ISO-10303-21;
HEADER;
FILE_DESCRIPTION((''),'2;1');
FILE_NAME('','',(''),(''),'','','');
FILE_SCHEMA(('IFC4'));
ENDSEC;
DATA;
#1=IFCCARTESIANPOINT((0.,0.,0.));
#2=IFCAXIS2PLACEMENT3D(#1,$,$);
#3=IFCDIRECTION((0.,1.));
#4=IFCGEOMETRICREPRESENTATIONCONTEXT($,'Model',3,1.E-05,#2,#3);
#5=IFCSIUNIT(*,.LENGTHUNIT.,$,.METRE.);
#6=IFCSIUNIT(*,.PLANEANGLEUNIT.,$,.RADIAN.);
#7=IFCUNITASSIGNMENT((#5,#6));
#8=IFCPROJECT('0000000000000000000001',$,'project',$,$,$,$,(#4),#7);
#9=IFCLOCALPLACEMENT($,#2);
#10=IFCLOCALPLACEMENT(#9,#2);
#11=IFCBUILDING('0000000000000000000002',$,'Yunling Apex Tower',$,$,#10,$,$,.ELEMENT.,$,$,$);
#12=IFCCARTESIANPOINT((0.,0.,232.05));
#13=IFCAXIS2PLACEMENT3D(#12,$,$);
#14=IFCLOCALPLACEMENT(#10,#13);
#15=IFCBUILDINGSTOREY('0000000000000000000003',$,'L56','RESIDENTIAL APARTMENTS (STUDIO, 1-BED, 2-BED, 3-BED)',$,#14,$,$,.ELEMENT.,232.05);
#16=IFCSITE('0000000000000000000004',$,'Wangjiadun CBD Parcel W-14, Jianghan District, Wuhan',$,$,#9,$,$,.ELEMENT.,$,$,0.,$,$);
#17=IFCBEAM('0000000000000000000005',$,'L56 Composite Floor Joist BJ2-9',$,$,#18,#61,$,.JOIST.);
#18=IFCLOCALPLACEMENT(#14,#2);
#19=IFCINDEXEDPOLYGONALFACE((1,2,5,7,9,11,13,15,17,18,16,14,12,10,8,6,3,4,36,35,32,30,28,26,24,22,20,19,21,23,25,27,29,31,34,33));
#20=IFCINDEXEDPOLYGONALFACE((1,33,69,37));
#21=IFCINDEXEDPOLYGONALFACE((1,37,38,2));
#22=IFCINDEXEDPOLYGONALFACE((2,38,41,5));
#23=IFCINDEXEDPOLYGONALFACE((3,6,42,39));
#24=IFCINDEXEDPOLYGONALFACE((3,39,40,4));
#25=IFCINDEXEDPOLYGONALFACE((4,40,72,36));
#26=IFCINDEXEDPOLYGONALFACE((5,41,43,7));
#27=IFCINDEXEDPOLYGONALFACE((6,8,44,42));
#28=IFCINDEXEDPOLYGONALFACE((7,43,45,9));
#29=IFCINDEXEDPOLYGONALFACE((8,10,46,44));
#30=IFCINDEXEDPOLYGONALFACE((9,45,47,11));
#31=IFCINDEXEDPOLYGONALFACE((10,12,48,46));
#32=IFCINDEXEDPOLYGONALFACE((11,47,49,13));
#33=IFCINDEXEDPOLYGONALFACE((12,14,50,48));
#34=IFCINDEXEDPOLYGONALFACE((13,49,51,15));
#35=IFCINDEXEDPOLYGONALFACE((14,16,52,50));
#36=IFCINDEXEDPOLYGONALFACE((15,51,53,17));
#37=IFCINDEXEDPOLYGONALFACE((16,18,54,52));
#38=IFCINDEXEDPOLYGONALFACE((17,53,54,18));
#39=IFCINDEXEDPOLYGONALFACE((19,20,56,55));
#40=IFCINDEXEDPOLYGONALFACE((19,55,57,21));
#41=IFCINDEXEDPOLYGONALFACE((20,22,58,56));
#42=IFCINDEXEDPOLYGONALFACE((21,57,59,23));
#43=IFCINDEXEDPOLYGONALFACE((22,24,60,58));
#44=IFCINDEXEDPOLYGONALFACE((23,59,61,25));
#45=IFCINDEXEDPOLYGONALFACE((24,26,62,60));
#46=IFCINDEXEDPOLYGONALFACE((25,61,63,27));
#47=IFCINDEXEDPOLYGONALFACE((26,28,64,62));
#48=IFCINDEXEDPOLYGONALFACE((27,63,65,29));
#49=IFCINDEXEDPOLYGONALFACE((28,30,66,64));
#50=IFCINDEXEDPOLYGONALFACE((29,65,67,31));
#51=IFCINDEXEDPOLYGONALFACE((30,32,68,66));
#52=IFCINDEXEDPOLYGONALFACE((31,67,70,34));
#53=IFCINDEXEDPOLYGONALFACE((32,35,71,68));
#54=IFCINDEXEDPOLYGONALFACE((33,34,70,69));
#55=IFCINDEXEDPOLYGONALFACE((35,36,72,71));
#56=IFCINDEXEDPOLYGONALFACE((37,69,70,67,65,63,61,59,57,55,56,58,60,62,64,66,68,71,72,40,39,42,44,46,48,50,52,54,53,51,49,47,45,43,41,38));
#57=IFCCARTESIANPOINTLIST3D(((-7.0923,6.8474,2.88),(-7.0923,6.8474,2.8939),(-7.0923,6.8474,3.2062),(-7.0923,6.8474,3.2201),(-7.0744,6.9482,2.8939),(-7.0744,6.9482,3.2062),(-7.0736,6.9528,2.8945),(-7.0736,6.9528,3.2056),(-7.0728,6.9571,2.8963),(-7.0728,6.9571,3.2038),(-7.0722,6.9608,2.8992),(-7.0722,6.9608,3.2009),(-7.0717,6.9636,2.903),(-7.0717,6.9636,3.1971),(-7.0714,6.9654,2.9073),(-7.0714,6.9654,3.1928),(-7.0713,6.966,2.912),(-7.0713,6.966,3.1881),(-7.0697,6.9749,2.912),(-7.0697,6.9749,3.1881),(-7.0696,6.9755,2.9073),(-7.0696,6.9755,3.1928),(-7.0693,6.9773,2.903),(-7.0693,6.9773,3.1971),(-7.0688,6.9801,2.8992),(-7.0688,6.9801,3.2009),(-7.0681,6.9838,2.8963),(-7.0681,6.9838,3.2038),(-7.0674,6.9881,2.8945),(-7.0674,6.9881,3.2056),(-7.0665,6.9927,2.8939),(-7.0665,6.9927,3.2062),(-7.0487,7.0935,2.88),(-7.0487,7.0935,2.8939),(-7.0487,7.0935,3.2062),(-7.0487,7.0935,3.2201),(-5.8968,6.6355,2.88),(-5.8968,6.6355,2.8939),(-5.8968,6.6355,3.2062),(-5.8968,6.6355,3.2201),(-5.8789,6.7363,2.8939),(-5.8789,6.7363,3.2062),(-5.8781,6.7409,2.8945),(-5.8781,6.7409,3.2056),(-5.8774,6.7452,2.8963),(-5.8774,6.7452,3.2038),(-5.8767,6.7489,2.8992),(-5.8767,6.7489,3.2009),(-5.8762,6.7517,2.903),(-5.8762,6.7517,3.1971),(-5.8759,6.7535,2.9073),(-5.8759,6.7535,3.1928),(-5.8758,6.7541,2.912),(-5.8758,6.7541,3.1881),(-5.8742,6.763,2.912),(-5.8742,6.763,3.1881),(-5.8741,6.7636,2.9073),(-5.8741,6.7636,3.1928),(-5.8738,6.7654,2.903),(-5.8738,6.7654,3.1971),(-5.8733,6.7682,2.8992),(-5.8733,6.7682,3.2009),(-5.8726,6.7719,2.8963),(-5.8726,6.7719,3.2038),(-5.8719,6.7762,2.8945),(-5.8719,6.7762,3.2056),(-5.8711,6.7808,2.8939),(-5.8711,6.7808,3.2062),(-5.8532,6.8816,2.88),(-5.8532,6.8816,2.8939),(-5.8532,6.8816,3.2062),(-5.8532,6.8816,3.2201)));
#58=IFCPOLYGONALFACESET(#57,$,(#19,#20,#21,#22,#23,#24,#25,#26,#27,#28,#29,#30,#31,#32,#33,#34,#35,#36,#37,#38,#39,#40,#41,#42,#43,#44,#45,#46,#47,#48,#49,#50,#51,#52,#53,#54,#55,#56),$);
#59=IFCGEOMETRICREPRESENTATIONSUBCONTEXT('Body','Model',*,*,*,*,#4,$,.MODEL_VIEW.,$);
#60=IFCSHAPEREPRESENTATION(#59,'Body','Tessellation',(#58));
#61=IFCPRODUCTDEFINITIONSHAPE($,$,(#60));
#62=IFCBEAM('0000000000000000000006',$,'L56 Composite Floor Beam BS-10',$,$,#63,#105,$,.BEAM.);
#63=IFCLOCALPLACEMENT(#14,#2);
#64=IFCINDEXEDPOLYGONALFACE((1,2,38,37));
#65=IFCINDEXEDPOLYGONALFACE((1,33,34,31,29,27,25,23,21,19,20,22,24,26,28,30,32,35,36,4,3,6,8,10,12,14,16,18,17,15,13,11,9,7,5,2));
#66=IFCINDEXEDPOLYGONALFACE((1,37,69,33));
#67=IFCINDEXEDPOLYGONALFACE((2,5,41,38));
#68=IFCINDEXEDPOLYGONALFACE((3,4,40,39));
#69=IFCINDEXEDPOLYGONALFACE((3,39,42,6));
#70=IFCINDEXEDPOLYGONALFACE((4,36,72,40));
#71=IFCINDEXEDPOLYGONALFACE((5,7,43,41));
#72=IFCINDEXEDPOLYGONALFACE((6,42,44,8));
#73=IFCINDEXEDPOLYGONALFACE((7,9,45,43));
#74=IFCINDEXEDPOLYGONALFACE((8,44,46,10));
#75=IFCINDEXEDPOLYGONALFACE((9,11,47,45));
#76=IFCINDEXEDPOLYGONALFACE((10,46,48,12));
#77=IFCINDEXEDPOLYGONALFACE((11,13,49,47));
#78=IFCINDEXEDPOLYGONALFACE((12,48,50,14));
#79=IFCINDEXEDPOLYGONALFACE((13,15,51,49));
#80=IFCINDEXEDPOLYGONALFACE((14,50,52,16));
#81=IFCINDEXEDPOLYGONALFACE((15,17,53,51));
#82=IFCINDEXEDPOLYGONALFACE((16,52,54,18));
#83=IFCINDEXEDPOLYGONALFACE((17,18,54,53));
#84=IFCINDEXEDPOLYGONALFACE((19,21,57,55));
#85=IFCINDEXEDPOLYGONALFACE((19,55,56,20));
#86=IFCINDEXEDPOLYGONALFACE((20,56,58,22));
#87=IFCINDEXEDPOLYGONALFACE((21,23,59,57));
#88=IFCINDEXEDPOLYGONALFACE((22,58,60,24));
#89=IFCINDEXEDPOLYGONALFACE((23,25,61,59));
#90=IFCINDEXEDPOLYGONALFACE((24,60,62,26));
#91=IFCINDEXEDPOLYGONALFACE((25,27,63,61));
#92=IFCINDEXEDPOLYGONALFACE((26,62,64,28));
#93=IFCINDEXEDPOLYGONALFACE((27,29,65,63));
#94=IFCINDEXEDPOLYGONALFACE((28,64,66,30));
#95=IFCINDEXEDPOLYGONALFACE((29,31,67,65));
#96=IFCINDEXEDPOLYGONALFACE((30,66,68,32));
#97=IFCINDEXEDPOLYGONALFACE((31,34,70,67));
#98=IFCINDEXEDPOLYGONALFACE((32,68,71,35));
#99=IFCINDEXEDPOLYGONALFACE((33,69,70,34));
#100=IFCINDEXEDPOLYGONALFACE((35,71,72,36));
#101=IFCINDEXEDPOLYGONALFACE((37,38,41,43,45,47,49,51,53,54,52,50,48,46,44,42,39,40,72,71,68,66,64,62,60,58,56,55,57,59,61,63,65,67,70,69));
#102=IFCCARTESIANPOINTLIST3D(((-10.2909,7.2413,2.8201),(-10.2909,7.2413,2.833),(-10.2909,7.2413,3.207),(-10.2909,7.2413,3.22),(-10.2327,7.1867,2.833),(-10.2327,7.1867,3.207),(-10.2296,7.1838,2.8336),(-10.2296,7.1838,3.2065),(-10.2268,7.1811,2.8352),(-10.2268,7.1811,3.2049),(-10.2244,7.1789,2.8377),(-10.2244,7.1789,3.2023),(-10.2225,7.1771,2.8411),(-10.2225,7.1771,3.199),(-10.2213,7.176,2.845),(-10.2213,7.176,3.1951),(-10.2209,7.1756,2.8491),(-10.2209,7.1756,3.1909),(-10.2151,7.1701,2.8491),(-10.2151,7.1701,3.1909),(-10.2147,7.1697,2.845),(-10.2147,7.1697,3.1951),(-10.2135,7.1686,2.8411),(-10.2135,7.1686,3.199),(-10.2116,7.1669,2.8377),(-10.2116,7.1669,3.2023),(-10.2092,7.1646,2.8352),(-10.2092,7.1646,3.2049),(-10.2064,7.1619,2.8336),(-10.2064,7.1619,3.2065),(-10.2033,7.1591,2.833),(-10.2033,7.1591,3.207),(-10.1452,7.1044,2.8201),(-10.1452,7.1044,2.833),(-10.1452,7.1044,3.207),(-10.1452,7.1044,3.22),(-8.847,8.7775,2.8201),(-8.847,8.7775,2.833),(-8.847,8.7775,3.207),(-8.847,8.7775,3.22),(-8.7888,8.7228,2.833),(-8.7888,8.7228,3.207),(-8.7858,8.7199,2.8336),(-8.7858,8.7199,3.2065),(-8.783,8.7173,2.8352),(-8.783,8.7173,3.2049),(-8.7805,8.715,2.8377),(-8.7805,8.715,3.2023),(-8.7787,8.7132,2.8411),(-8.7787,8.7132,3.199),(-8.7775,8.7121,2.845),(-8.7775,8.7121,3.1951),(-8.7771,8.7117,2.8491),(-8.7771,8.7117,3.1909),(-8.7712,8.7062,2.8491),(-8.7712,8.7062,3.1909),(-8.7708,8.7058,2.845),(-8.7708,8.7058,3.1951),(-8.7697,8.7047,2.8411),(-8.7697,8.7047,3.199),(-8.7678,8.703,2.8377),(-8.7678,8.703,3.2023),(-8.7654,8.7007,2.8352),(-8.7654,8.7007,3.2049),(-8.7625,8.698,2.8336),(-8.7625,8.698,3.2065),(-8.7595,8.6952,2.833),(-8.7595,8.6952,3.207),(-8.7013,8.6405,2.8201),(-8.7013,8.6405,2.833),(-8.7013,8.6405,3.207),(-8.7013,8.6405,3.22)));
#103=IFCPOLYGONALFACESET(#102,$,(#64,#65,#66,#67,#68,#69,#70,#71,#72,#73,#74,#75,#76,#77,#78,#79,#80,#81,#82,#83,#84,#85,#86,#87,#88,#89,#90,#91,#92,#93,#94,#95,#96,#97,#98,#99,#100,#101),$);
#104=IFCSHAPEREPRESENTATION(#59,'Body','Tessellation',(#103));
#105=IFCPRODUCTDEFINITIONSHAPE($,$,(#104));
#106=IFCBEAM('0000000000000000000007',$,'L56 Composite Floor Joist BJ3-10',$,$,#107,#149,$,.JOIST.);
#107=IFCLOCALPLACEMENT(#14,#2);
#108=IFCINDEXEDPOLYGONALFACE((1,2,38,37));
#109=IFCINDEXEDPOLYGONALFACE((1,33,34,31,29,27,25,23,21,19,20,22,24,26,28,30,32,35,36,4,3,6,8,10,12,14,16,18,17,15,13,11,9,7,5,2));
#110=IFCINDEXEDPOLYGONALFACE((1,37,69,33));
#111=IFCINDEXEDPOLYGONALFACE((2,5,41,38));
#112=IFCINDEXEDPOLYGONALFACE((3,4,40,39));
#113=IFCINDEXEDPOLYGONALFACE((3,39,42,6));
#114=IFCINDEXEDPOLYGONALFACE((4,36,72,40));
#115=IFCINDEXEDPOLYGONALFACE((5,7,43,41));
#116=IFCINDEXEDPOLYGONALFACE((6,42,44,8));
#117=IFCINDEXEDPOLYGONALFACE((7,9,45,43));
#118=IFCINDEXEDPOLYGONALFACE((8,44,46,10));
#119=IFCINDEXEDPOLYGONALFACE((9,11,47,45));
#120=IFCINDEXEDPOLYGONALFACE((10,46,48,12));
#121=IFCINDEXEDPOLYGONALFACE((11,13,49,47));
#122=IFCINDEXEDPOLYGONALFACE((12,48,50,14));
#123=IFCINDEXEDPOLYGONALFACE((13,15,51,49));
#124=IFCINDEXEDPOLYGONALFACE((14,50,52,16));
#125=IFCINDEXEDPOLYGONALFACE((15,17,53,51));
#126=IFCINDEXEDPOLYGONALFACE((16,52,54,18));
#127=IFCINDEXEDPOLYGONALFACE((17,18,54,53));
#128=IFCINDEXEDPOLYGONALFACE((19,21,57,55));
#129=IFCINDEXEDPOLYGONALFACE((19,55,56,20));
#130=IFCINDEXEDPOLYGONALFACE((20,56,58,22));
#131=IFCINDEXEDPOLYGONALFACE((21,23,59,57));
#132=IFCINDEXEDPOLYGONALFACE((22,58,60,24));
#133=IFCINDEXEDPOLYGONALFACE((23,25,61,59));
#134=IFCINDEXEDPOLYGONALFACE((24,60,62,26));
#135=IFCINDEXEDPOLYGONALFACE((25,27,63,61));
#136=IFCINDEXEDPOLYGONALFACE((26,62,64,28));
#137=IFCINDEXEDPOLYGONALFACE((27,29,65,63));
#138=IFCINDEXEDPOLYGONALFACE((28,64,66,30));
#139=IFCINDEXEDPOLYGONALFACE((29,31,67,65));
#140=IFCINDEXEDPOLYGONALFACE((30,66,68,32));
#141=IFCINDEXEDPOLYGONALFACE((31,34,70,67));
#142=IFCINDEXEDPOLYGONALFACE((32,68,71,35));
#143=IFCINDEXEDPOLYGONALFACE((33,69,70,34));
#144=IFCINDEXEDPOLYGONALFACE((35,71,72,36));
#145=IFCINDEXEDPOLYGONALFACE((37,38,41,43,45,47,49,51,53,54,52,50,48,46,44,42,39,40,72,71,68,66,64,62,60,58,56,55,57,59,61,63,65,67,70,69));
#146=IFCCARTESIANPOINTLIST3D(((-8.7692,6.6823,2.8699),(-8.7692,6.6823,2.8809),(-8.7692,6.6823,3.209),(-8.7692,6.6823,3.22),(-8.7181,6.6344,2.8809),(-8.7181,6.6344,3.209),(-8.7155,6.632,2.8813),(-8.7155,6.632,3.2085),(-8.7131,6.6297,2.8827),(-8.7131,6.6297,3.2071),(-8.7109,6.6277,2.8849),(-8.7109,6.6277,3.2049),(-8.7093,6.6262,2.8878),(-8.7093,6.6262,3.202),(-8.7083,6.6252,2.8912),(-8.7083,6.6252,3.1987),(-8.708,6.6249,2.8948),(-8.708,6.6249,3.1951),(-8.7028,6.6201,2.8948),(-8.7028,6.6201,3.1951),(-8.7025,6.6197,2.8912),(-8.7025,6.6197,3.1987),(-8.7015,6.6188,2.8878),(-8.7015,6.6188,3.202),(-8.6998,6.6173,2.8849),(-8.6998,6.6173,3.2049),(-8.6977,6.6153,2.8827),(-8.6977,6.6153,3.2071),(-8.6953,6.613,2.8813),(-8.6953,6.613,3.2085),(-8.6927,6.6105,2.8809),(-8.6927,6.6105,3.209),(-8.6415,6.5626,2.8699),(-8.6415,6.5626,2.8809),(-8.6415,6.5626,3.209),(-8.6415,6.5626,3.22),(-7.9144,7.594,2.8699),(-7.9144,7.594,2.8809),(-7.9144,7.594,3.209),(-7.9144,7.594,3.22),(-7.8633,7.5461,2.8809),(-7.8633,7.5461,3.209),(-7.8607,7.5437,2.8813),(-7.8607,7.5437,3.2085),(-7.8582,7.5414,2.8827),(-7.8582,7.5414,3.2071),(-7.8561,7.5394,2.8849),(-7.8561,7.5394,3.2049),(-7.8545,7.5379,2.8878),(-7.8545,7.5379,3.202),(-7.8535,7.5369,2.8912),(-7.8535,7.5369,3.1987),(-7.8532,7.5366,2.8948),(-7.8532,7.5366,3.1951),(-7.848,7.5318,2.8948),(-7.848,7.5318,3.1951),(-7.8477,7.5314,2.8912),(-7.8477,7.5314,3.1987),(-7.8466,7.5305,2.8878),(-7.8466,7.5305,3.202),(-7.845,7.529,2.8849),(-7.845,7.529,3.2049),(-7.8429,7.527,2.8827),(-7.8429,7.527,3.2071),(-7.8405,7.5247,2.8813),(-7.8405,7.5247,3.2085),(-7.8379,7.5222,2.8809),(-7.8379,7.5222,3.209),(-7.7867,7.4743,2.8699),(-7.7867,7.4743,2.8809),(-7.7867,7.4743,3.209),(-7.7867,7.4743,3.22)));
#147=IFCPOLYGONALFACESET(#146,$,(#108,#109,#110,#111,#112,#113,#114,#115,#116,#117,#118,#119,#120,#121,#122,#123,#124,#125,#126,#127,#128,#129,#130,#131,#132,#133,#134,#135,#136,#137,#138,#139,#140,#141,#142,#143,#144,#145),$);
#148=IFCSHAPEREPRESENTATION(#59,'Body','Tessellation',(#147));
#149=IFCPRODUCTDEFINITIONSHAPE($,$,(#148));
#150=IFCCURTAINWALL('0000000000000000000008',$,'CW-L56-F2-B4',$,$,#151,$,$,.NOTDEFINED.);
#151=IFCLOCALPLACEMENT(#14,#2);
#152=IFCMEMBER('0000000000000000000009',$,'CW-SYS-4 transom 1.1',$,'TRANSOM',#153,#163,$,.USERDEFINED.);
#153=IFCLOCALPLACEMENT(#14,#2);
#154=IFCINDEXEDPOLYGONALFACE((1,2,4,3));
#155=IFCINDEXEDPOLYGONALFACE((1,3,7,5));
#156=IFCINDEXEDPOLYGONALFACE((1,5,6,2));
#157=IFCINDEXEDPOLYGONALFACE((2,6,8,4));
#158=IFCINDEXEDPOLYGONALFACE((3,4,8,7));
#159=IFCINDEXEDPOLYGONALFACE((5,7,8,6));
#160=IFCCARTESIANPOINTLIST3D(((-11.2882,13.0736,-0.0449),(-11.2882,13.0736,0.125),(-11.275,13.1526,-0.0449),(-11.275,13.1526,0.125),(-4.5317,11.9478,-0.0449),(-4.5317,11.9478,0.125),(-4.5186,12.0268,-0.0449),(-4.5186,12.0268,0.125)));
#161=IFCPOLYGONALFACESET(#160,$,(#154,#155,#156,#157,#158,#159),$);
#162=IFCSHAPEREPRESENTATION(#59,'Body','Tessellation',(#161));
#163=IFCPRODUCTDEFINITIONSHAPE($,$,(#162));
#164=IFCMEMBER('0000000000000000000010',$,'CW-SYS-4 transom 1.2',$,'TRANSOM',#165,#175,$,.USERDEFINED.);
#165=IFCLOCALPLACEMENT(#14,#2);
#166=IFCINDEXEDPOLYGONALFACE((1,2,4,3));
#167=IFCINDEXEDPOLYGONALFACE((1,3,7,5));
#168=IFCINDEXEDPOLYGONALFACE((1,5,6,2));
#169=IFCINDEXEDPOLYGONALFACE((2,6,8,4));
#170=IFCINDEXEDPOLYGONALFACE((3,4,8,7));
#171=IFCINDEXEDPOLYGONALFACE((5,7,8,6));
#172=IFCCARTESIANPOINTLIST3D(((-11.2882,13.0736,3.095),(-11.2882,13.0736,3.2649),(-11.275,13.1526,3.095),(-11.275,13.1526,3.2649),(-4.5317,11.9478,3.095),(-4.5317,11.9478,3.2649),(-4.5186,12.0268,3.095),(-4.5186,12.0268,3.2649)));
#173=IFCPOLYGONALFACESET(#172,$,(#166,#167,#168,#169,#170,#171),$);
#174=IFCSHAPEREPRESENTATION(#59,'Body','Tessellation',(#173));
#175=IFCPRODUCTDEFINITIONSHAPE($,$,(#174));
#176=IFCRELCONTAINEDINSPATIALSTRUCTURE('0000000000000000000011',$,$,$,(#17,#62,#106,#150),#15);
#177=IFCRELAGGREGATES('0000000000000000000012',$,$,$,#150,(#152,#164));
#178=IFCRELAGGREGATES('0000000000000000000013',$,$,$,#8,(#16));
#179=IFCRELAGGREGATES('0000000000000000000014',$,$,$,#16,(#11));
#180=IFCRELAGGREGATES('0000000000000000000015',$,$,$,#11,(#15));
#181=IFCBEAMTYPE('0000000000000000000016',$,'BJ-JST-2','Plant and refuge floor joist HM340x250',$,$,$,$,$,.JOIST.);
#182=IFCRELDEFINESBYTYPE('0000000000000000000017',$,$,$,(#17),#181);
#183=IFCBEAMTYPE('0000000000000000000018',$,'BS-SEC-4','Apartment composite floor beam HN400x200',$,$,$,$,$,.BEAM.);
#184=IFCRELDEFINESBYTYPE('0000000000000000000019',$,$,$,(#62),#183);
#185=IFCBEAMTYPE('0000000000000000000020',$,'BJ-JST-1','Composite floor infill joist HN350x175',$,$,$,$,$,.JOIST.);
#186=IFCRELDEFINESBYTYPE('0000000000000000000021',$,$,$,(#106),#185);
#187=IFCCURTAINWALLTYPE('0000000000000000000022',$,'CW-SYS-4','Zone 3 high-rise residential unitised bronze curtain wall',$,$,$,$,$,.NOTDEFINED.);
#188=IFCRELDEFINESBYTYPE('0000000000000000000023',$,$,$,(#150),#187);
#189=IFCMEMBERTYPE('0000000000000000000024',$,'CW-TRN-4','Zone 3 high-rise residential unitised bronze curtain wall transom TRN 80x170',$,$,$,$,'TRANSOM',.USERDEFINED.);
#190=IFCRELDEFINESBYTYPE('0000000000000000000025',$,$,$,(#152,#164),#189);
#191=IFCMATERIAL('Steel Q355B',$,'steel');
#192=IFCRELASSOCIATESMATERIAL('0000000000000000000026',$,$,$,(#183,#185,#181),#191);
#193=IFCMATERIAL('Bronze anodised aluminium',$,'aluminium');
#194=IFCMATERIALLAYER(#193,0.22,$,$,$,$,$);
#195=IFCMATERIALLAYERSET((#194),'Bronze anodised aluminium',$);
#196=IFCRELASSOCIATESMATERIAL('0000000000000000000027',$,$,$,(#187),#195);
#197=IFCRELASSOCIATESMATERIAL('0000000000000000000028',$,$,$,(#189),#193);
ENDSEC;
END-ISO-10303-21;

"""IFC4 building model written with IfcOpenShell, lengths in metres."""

from ifc_helpers import new_model, si_unit, direction, frame, origin, origin_2d, place, context, subcontext, project, spatial, rectangle, i_section, extrude, source, transform, mapped, material, layer, layer_set, material_profile, profile_set, type_object, element, aggregate, save


model = new_model("IFC4")

# Units and contexts
model_context = context("Model", 3, precision=1e-05, world=origin(), true_north=direction((0.0, 1.0)))
body_context = subcontext(model_context, "Body", "Model", "MODEL_VIEW")
ifc_project = project(units=[si_unit("LENGTHUNIT", "METRE"), si_unit("PLANEANGLEUNIT", "RADIAN")], contexts=[model_context])

# Site, building, storey
site_placement = place(None, origin())
site = spatial("IfcSite", under=ifc_project, at=site_placement, Name="Wangjiadun CBD Parcel W-14, Jianghan District, Wuhan", CompositionType="ELEMENT", RefElevation=0.0)
building_placement = place(site_placement, origin())
building = spatial("IfcBuilding", under=site, at=building_placement, Name="Yunling Apex Tower", CompositionType="ELEMENT")
storey_placement = place(building_placement, frame((0.0, 0.0, 232.05)))
storey = spatial("IfcBuildingStorey", under=building, at=storey_placement, Name="L56", Description="RESIDENTIAL APARTMENTS (STUDIO, 1-BED, 2-BED, 3-BED)", CompositionType="ELEMENT", Elevation=232.05)

# Beams
ifc_material_1 = material(Name="Steel Q355B", Category="steel")
ifc_material_profile_1 = material_profile(ifc_material_1, i_section(OverallWidth=0.2, OverallDepth=0.3999, WebThickness=0.0081, FlangeThickness=0.0129, FilletRadius=0.0161, at=origin_2d()))
ifc_profile_set_1 = profile_set([ifc_material_profile_1], Name="Steel Q355B")
beam_type_1 = type_object("IfcBeamType", Name="BS-SEC-4", Description="Apartment composite floor beam HN400x200", PredefinedType="BEAM", material=ifc_profile_set_1)
ifc_material_profile_2 = material_profile(ifc_material_1, i_section(OverallWidth=0.175, OverallDepth=0.3501, WebThickness=0.0071, FlangeThickness=0.011, FilletRadius=0.0139, at=origin_2d()))
ifc_profile_set_2 = profile_set([ifc_material_profile_2], Name="Steel Q355B")
beam_type_2 = type_object("IfcBeamType", Name="BJ-JST-1", Description="Composite floor infill joist HN350x175", PredefinedType="JOIST", material=ifc_profile_set_2)
ifc_material_profile_3 = material_profile(ifc_material_1, i_section(OverallWidth=0.25, OverallDepth=0.3401, WebThickness=0.009, FlangeThickness=0.0139, FilletRadius=0.0181, at=origin_2d()))
ifc_profile_set_3 = profile_set([ifc_material_profile_3], Name="Steel Q355B")
beam_type_3 = type_object("IfcBeamType", Name="BJ-JST-2", Description="Plant and refuge floor joist HM340x250", PredefinedType="JOIST", material=ifc_profile_set_3)
shared_shape_1 = source(origin(), body_context, "Body", "SweptSolid", [
    extrude(i_section(OverallWidth=0.25, OverallDepth=0.3401, WebThickness=0.009, FlangeThickness=0.0139, FilletRadius=0.0181, at=origin_2d()), origin(), (0.0, 0.0, 1.0), 1.2141),
])
beam_1_placement = place(storey_placement, frame((-5.875, 6.7585, 3.05), z_axis=(-0.984652, 0.174531, 0.0), x_axis=(-0.174531, -0.984652, 0.0)))
element("IfcBeam", 1, at=beam_1_placement, inside=storey, type_object=beam_type_3, Name="L56 Composite Floor Joist BJ2-9", PredefinedType="JOIST", context=body_context, shape_type="MappedRepresentation", body=[
    mapped(shared_shape_1, transform((0.0, 0.0, 0.0), scale=1.0)),
])
shared_shape_2 = source(origin(), body_context, "Body", "SweptSolid", [
    extrude(i_section(OverallWidth=0.2, OverallDepth=0.3999, WebThickness=0.0081, FlangeThickness=0.0129, FilletRadius=0.0161, at=origin_2d()), origin(), (0.0, 0.0, 1.0), 2.1082),
])
beam_2_placement = place(storey_placement, frame((-8.7742, 8.709, 3.02), z_axis=(-0.68488, -0.728655, 0.0), x_axis=(0.728655, -0.68488, 0.0)))
element("IfcBeam", 2, at=beam_2_placement, inside=storey, type_object=beam_type_1, Name="L56 Composite Floor Beam BS-10", PredefinedType="BEAM", context=body_context, shape_type="MappedRepresentation", body=[
    mapped(shared_shape_2, transform((0.0, 0.0, 0.0), scale=1.0)),
])
shared_shape_3 = source(origin(), body_context, "Body", "SweptSolid", [
    extrude(i_section(OverallWidth=0.175, OverallDepth=0.3501, WebThickness=0.0071, FlangeThickness=0.011, FilletRadius=0.0139, at=origin_2d()), origin(), (0.0, 0.0, 1.0), 1.2498),
])
beam_3_placement = place(storey_placement, frame((-7.8506, 7.5342, 3.0449), z_axis=(-0.68398, -0.729501, 0.0), x_axis=(0.729501, -0.68398, 0.0)))
element("IfcBeam", 3, at=beam_3_placement, inside=storey, type_object=beam_type_2, Name="L56 Composite Floor Joist BJ3-10", PredefinedType="JOIST", context=body_context, shape_type="MappedRepresentation", body=[
    mapped(shared_shape_3, transform((0.0, 0.0, 0.0), scale=1.0)),
])

# Curtain wall, members
ifc_material_2 = material(Name="Bronze anodised aluminium", Category="aluminium")
ifc_layer_1 = layer(ifc_material_2, 0.22)
ifc_layer_set_1 = layer_set([ifc_layer_1], Name="Bronze anodised aluminium")
curtain_wall_type = type_object("IfcCurtainWallType", Name="CW-SYS-4", Description="Zone 3 high-rise residential unitised bronze curtain wall", PredefinedType="NOTDEFINED", material=ifc_layer_set_1)
curtain_wall_1_placement = place(storey_placement, origin())
curtain_wall_1 = element("IfcCurtainWall", 4, at=curtain_wall_1_placement, inside=storey, type_object=curtain_wall_type, Name="CW-L56-F2-B4", PredefinedType="NOTDEFINED")
ifc_material_profile_4 = material_profile(ifc_material_2, rectangle(XDim=0.0801, YDim=0.1699, at=origin_2d()))
ifc_profile_set_4 = profile_set([ifc_material_profile_4], Name="Bronze anodised aluminium")
member_type_1 = type_object("IfcMemberType", Name="CW-TRN-4", Description="Zone 3 high-rise residential unitised bronze curtain wall transom TRN 80x170", ElementType="TRANSOM", PredefinedType="USERDEFINED", material=ifc_profile_set_4)
shared_shape_4 = source(origin(), body_context, "Body", "SweptSolid", [
    extrude(rectangle(XDim=0.0801, YDim=0.1699, at=origin_2d()), origin(), (0.0, 0.0, 1.0), 6.8496),
])
member_1_placement = place(storey_placement, frame((-4.5251, 11.9873, 0.04), z_axis=(-0.986402, 0.164353, 0.0), x_axis=(-0.164353, -0.986402, 0.0)))
member_1 = element("IfcMember", 5, at=member_1_placement, type_object=member_type_1, Name="CW-SYS-4 transom 1.1", ObjectType="TRANSOM", PredefinedType="USERDEFINED", context=body_context, shape_type="MappedRepresentation", body=[
    mapped(shared_shape_4, transform((0.0, 0.0, 0.0), scale=1.0)),
])
member_2_placement = place(storey_placement, frame((-4.5251, 11.9873, 3.1799), z_axis=(-0.986402, 0.164353, 0.0), x_axis=(-0.164353, -0.986402, 0.0)))
member_2 = element("IfcMember", 6, at=member_2_placement, type_object=member_type_1, Name="CW-SYS-4 transom 1.2", ObjectType="TRANSOM", PredefinedType="USERDEFINED", context=body_context, shape_type="MappedRepresentation", body=[
    mapped(shared_shape_4, transform((0.0, 0.0, 0.0), scale=1.0)),
])

aggregate(curtain_wall_1, [member_1, member_2])

save(model, "model.ifc")
